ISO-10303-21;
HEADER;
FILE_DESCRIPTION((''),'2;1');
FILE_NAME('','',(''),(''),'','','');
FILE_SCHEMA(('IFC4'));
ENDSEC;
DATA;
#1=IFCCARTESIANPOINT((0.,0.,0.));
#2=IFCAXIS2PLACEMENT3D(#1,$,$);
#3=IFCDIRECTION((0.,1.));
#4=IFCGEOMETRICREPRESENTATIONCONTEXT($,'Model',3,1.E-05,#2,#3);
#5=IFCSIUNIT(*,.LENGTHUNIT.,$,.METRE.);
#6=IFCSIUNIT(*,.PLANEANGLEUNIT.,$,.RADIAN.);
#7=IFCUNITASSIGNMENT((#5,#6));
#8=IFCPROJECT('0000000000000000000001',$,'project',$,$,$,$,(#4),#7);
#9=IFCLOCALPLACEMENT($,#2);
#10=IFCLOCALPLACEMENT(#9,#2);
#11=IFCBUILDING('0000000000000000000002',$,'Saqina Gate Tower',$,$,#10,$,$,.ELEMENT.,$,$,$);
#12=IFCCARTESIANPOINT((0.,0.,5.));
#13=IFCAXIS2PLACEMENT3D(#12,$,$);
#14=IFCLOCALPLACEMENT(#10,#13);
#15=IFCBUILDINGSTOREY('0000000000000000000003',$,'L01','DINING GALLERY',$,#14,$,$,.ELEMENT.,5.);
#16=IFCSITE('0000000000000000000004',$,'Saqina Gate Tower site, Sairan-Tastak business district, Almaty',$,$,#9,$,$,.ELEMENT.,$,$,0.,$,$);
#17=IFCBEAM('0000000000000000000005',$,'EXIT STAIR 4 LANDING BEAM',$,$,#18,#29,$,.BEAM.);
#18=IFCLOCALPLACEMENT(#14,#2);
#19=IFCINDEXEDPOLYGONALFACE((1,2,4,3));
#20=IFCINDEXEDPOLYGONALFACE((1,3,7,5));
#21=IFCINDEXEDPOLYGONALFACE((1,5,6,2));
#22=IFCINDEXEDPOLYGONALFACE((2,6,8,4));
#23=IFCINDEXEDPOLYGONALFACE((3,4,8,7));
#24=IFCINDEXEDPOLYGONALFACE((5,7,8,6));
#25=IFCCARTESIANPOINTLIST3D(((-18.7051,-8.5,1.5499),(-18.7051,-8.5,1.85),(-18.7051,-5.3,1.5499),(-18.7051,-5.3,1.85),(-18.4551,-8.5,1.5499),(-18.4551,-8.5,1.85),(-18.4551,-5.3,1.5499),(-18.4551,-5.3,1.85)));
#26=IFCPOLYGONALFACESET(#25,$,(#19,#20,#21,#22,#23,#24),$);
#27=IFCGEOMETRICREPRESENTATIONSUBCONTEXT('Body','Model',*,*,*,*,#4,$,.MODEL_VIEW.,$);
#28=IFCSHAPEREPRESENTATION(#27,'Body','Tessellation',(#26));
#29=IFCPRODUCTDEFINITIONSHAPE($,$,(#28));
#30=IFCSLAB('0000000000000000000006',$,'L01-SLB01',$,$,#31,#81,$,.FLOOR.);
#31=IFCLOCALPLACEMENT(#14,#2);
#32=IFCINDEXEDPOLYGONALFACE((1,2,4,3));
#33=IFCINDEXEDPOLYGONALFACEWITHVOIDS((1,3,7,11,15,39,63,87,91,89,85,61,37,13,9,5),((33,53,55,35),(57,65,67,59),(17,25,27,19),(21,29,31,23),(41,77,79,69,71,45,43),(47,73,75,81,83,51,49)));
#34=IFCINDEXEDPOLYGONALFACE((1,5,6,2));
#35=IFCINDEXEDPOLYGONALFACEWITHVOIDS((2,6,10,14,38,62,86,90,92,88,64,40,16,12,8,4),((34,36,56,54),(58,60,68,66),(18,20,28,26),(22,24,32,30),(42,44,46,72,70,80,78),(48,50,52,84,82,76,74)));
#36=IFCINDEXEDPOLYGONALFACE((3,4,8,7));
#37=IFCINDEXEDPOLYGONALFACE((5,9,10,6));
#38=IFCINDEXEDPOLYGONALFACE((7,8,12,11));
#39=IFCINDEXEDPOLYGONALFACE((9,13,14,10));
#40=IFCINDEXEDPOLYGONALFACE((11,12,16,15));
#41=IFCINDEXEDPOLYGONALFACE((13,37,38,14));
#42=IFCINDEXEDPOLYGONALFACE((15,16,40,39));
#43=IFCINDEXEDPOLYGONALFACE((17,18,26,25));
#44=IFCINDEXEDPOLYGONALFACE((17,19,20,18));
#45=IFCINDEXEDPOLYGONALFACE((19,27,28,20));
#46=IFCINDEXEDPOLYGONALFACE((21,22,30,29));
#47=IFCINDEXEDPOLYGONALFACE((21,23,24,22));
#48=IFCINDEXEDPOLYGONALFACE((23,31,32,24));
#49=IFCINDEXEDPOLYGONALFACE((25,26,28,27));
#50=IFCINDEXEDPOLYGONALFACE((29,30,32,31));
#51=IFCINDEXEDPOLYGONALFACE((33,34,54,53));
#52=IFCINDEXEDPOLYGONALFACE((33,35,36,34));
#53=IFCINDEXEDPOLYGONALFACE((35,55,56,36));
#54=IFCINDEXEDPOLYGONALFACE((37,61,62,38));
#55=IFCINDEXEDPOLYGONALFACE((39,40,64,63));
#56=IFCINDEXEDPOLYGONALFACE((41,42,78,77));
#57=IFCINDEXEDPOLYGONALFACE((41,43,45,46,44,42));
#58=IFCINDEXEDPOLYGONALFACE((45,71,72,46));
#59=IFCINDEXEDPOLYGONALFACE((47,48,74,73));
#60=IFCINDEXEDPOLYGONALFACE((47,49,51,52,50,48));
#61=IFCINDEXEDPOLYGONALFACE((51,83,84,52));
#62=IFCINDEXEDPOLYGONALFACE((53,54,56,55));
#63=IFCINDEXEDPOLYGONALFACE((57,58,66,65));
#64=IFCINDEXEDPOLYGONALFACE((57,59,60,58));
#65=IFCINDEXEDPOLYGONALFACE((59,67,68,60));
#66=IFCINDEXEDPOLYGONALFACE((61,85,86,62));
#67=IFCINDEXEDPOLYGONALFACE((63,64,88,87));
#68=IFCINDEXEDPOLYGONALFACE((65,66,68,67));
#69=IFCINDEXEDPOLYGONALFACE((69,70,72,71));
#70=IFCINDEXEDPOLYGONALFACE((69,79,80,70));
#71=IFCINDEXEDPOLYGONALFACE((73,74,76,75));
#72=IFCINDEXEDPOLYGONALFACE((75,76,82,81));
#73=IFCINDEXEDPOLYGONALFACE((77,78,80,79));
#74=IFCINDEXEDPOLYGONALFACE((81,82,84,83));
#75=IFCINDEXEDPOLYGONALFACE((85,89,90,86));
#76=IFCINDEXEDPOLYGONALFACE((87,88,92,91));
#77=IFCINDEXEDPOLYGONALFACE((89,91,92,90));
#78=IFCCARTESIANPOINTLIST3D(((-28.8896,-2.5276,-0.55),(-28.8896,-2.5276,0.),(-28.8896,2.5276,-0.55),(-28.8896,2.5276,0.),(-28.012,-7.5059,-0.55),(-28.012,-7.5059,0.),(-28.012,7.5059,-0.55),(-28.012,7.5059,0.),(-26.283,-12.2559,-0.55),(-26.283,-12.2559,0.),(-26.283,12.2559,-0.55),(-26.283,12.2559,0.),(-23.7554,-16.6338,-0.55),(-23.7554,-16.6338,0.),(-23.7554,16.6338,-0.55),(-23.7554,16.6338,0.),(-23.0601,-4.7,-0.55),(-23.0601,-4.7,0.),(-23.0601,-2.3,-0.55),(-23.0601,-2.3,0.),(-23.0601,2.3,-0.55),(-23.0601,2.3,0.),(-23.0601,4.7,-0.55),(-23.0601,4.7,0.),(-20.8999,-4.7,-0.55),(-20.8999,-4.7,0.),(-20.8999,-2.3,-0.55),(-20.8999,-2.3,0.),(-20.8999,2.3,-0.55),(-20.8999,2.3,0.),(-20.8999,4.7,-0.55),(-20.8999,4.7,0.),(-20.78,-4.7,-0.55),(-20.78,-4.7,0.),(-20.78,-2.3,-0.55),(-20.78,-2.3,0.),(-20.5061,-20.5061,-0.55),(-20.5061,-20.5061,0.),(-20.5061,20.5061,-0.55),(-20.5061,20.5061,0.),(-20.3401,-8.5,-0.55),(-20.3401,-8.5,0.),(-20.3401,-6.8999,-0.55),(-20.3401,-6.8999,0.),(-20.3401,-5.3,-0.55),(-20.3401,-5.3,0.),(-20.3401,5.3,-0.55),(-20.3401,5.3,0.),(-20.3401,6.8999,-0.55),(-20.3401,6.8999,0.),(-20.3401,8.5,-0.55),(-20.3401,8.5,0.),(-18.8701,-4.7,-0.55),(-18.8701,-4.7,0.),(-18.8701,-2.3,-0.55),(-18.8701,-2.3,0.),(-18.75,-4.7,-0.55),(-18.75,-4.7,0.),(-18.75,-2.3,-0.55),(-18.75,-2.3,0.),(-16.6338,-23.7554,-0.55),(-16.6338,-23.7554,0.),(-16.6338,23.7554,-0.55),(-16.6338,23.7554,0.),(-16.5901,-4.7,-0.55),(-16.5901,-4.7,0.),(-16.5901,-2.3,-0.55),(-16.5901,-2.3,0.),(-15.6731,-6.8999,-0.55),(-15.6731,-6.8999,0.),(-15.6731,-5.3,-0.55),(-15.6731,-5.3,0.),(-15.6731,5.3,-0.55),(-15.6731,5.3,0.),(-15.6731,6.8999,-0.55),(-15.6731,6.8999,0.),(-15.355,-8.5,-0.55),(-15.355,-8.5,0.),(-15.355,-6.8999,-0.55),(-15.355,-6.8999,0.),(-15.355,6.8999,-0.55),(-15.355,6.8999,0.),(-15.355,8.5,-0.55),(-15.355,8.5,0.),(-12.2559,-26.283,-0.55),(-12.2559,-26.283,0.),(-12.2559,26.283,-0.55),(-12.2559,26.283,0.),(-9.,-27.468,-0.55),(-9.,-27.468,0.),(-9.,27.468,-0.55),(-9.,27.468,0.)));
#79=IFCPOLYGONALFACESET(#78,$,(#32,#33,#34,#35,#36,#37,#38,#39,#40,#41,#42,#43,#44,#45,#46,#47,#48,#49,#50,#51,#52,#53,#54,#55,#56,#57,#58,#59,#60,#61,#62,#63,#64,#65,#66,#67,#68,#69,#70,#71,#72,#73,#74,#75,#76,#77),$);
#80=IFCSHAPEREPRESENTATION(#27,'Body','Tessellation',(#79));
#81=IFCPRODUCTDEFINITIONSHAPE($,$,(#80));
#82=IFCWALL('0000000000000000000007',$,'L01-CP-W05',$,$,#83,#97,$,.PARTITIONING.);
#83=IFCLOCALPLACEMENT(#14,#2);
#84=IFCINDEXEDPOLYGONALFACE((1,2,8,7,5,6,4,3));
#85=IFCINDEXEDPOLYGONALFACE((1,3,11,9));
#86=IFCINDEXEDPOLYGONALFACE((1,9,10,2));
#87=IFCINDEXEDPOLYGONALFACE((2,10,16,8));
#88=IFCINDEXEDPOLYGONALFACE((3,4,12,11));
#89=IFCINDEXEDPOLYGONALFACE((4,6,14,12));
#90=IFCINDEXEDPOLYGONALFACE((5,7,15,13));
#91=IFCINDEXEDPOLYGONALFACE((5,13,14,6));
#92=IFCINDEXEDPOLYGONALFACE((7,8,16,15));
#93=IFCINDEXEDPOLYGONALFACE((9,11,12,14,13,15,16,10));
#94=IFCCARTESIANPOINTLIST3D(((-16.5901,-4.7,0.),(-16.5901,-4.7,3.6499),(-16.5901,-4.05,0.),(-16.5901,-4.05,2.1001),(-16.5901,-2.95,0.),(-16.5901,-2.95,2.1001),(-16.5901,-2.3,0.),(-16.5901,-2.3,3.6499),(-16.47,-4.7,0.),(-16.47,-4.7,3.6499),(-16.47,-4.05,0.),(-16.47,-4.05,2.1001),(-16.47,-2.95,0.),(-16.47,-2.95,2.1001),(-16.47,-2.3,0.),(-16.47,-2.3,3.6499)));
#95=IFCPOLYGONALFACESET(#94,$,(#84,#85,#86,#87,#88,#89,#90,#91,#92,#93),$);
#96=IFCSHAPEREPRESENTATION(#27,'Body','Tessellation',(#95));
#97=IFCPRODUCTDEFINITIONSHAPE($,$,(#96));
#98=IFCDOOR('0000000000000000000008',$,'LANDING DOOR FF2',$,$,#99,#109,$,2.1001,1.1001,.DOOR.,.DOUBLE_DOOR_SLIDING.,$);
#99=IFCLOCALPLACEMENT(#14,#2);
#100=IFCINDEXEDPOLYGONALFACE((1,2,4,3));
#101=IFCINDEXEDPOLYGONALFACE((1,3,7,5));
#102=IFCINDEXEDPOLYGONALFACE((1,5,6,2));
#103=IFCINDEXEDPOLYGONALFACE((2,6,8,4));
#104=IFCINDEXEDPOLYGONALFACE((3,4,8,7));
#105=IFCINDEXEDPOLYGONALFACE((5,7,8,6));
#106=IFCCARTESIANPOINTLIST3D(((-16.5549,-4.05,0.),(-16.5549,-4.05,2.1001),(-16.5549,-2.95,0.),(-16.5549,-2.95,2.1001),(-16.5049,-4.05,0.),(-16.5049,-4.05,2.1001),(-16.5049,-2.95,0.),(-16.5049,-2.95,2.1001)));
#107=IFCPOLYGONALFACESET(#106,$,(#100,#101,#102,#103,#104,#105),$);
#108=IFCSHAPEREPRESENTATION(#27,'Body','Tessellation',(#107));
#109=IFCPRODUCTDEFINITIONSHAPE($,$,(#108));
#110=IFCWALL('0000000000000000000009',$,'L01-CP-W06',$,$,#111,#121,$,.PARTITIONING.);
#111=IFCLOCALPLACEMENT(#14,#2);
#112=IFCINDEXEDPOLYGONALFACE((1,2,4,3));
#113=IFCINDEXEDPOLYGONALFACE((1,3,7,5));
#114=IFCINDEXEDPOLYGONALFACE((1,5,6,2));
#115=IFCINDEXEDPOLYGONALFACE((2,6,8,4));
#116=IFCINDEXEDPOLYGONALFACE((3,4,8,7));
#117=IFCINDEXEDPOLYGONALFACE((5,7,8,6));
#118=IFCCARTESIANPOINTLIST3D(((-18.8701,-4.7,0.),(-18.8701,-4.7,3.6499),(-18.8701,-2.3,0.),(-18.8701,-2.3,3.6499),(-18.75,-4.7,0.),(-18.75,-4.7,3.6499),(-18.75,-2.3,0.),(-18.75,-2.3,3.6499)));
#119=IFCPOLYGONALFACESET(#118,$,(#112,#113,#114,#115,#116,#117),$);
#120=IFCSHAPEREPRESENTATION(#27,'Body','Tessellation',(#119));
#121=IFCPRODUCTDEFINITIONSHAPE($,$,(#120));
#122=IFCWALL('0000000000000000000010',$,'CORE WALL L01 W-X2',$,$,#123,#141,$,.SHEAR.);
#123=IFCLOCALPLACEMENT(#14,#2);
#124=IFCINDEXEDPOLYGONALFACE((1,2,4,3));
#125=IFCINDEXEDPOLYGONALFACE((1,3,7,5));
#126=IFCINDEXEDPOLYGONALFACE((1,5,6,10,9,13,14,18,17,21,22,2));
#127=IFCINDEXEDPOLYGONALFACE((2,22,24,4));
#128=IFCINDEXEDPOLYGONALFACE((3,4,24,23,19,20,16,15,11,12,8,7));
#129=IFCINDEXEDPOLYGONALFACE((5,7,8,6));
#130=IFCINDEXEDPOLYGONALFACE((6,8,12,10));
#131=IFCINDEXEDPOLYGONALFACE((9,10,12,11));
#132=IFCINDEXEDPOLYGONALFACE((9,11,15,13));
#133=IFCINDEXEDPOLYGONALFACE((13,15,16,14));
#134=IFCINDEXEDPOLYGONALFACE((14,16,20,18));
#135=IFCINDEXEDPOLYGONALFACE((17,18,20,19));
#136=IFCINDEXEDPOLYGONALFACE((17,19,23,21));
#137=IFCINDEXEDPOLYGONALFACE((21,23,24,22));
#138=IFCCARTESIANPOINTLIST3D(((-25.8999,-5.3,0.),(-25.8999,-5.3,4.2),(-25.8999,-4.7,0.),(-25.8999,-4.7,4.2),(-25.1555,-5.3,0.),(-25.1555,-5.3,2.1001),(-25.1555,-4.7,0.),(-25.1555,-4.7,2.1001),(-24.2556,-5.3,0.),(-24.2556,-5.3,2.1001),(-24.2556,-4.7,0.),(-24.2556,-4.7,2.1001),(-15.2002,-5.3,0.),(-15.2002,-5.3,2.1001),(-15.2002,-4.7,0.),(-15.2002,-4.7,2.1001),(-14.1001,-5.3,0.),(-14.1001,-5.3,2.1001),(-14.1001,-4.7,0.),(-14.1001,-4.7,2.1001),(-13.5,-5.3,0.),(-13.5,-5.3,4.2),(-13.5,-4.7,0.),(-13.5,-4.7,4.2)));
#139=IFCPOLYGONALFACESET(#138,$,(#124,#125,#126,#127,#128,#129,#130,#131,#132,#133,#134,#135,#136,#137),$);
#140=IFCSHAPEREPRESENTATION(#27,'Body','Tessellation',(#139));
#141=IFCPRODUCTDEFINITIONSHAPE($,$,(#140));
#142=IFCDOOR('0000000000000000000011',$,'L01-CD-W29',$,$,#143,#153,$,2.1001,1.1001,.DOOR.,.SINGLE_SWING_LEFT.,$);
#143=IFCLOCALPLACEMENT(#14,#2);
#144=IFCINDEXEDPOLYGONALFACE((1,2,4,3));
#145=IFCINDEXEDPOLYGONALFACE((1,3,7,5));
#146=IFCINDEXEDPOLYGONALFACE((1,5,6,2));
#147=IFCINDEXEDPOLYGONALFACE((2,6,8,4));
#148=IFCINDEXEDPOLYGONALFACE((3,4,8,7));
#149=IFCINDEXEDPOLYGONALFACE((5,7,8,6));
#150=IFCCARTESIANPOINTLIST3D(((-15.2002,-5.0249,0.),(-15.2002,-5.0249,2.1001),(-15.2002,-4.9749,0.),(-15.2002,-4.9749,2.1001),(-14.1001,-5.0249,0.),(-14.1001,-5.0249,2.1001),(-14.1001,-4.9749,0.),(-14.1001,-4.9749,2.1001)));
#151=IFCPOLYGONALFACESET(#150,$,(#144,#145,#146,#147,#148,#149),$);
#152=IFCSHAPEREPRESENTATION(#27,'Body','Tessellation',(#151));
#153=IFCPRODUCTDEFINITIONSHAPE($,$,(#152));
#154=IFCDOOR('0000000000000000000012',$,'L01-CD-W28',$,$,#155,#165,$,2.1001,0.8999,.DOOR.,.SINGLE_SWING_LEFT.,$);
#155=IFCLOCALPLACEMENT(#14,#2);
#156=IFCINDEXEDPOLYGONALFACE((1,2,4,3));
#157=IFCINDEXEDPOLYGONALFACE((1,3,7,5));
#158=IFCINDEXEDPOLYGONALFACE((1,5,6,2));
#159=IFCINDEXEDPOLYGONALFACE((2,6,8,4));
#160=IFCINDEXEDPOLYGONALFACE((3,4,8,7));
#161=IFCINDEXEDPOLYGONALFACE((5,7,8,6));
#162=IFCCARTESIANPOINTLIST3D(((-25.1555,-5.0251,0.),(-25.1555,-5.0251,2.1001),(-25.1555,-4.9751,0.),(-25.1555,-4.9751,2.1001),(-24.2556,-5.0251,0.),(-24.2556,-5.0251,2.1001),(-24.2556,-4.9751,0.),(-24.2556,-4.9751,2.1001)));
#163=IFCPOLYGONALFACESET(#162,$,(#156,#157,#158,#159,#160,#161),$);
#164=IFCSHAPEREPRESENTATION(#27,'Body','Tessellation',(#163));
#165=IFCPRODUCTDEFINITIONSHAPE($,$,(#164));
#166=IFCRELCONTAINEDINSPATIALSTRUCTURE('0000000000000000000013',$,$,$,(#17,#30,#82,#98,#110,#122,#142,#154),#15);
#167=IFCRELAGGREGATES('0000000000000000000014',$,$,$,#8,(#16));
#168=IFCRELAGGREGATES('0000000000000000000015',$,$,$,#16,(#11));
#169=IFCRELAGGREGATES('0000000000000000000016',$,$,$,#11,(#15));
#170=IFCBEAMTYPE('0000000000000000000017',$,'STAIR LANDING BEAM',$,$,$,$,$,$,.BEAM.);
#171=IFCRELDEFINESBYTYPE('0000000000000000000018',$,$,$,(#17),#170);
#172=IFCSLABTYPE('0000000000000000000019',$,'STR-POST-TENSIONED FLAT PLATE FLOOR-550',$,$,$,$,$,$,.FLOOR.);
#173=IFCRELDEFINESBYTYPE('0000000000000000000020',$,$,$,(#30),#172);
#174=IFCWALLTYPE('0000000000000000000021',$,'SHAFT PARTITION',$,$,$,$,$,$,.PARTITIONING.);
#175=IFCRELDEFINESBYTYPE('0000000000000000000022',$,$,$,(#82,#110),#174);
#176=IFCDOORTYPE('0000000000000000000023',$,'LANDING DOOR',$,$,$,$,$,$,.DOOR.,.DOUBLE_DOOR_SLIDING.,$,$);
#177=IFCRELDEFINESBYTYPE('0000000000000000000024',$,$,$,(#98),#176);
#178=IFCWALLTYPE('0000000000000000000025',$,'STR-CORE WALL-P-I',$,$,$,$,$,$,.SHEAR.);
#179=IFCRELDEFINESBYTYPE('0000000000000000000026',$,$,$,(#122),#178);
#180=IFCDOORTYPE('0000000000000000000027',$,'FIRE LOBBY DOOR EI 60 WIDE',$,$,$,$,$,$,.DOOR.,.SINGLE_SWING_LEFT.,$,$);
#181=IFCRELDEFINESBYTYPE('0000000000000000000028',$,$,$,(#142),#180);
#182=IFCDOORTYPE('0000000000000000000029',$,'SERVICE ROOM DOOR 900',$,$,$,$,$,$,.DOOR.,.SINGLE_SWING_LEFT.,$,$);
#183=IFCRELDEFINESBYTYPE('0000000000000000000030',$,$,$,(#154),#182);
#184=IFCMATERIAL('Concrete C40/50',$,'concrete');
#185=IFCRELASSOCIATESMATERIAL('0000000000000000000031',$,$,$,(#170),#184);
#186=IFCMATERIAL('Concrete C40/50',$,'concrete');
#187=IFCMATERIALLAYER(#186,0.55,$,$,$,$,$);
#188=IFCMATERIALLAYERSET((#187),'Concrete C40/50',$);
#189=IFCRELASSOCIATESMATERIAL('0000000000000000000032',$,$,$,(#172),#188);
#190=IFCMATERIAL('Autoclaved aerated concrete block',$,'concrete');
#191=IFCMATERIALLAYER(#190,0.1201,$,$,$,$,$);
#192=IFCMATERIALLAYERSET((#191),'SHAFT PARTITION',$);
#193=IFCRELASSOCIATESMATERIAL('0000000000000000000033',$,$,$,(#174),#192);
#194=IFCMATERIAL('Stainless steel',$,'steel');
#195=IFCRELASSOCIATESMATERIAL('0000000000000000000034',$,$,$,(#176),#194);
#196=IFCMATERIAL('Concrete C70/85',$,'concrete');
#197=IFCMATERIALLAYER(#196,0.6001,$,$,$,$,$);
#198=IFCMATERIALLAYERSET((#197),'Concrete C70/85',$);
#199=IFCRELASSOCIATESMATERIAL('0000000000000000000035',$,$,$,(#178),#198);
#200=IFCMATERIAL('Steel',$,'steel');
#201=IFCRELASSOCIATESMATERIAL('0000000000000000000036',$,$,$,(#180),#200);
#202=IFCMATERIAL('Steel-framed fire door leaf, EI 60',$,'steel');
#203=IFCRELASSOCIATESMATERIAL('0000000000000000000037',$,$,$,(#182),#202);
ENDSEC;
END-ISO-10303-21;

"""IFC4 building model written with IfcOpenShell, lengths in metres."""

from ifc_helpers import new_model, si_unit, direction, frame, frame_2d, origin, origin_2d, place, context, subcontext, project, spatial, polyline, rectangle, outline, extrude, material, layer, layer_set, material_profile, profile_set, type_object, element, fill, save


model = new_model("IFC4")

# Units and contexts
model_context = context("Model", 3, precision=1e-05, world=origin(), true_north=direction((0.0, 1.0)))
body_context = subcontext(model_context, "Body", "Model", "MODEL_VIEW")
ifc_project = project(units=[si_unit("LENGTHUNIT", "METRE"), si_unit("PLANEANGLEUNIT", "RADIAN")], contexts=[model_context])

# Site, building, storey
site_placement = place(None, origin())
site = spatial("IfcSite", under=ifc_project, at=site_placement, Name="Saqina Gate Tower site, Sairan-Tastak business district, Almaty", CompositionType="ELEMENT", RefElevation=0.0)
building_placement = place(site_placement, origin())
building = spatial("IfcBuilding", under=site, at=building_placement, Name="Saqina Gate Tower", CompositionType="ELEMENT")
storey_placement = place(building_placement, frame((0.0, 0.0, 5.0)))
storey = spatial("IfcBuildingStorey", under=building, at=storey_placement, Name="L01", Description="DINING GALLERY", CompositionType="ELEMENT", Elevation=5.0)

# Beam
ifc_material_1 = material(Name="Concrete C40/50", Category="concrete")
ifc_material_profile = material_profile(ifc_material_1, rectangle(XDim=0.25, YDim=0.3, at=origin_2d()), Name="STAIR LANDING BEAM")
ifc_profile_set = profile_set([ifc_material_profile], Name="Concrete C40/50")
beam_type = type_object("IfcBeamType", Name="STAIR LANDING BEAM", PredefinedType="BEAM", material=ifc_profile_set)
beam_placement = place(storey_placement, frame((-18.5801, -8.5, 1.7), z_axis=(0.0, 1.0, 0.0), x_axis=(-1.0, 0.0, 0.0)))
element("IfcBeam", 1, at=beam_placement, inside=storey, type_object=beam_type, Name="EXIT STAIR 4 LANDING BEAM", PredefinedType="BEAM", context=body_context, shape_type="SweptSolid", body=[
    extrude(rectangle(XDim=0.25, YDim=0.3, at=origin_2d()), origin(), (0.0, 0.0, 1.0), 3.2),
])

# Slab
ifc_material_2 = material(Name="Concrete C40/50", Category="concrete")
ifc_layer_1 = layer(ifc_material_2, 0.55)
ifc_layer_set_1 = layer_set([ifc_layer_1], Name="Concrete C40/50")
slab_type = type_object("IfcSlabType", Name="STR-POST-TENSIONED FLAT PLATE FLOOR-550", PredefinedType="FLOOR", material=ifc_layer_set_1)
slab_placement = place(storey_placement, frame((0.0, 0.0, -0.55)))
element("IfcSlab", 2, at=slab_placement, inside=storey, type_object=slab_type, Name="L01-SLB01", PredefinedType="FLOOR", context=body_context, shape_type="SweptSolid", body=[
    extrude(outline(polyline([(-16.6338, -23.7554), (-12.2559, -26.283), (-9.0, -27.468), (-9.0, 27.468), (-12.2559, 26.283), (-16.6338, 23.7554), (-20.5061, 20.5061), (-23.7554, 16.6338), (-26.283, 12.2559), (-28.012, 7.5059), (-28.8896, 2.5276), (-28.8896, -2.5276), (-28.012, -7.5059), (-26.283, -12.2559), (-23.7554, -16.6338), (-20.5061, -20.5061), (-16.6338, -23.7554)]), holes=[polyline([(-20.3401, -8.5), (-20.3401, -6.8999), (-20.3401, -5.3), (-15.6731, -5.3), (-15.6731, -6.8999), (-15.355, -6.8999), (-15.355, -8.5), (-20.3401, -8.5)]), polyline([(-20.8999, -2.3), (-20.8999, -4.7), (-23.0601, -4.7), (-23.0601, -2.3), (-20.8999, -2.3)]), polyline([(-18.8701, -2.3), (-18.8701, -4.7), (-20.78, -4.7), (-20.78, -2.3), (-18.8701, -2.3)]), polyline([(-16.5901, -2.3), (-16.5901, -4.7), (-18.75, -4.7), (-18.75, -2.3), (-16.5901, -2.3)]), polyline([(-20.8999, 4.7), (-20.8999, 2.3), (-23.0601, 2.3), (-23.0601, 4.7), (-20.8999, 4.7)]), polyline([(-20.3401, 6.8999), (-20.3401, 8.5), (-15.355, 8.5), (-15.355, 6.8999), (-15.6731, 6.8999), (-15.6731, 5.3), (-20.3401, 5.3), (-20.3401, 6.8999)])]), origin(), (0.0, 0.0, 1.0), 0.55),
])

# Wall, opening, door
ifc_material_3 = material(Name="Autoclaved aerated concrete block", Category="concrete")
ifc_layer_2 = layer(ifc_material_3, 0.1201)
ifc_layer_set_2 = layer_set([ifc_layer_2], Name="SHAFT PARTITION")
wall_type_1 = type_object("IfcWallType", Name="SHAFT PARTITION", PredefinedType="PARTITIONING", material=ifc_layer_set_2)
wall_1_placement = place(storey_placement, frame((-16.53, -4.7, 0.0), z_axis=(0.0, 0.0, 1.0), x_axis=(0.0, 1.0, 0.0)))
wall_1 = element("IfcWall", 3, at=wall_1_placement, inside=storey, type_object=wall_type_1, Name="L01-CP-W05", PredefinedType="PARTITIONING", context=body_context, shape_type="SweptSolid", body=[
    extrude(rectangle(XDim=2.3999, YDim=0.1201, at=frame_2d((1.2, 0.0))), origin(), (0.0, 0.0, 1.0), 3.6499),
])
opening_1_placement = place(wall_1_placement, frame((0.6499, 0.0, 0.0)))
opening_1 = element("IfcOpeningElement", 4, at=opening_1_placement, cuts=wall_1, PredefinedType="OPENING", context=body_context, shape_type="SweptSolid", body=[
    extrude(rectangle(XDim=1.1001, YDim=2.1001, at=frame_2d((0.55, 1.05))), frame((0.0, 0.072, 0.0), z_axis=(0.0, -1.0, 0.0), x_axis=(1.0, 0.0, 0.0)), (0.0, 0.0, 1.0), 0.144),
])
ifc_material_4 = material(Name="Stainless steel", Category="steel")
door_type_1 = type_object("IfcDoorType", Name="LANDING DOOR", OperationType="DOUBLE_DOOR_SLIDING", PredefinedType="DOOR", material=ifc_material_4)
door_1_placement = place(opening_1_placement, origin())
door_1 = element("IfcDoor", 5, at=door_1_placement, inside=storey, type_object=door_type_1, Name="LANDING DOOR FF2", OperationType="DOUBLE_DOOR_SLIDING", OverallHeight=2.1001, OverallWidth=1.1001, PredefinedType="DOOR", context=body_context, shape_type="SweptSolid", body=[
    extrude(rectangle(XDim=1.1001, YDim=2.1001, at=frame_2d((0.55, 1.05))), frame((0.0, 0.0249, 0.0), z_axis=(0.0, -1.0, 0.0), x_axis=(1.0, 0.0, 0.0)), (0.0, 0.0, 1.0), 0.05),
])
fill(opening_1, door_1)

# Wall
wall_2_placement = place(storey_placement, frame((-18.8101, -4.7, 0.0), z_axis=(0.0, 0.0, 1.0), x_axis=(0.0, 1.0, 0.0)))
element("IfcWall", 6, at=wall_2_placement, inside=storey, type_object=wall_type_1, Name="L01-CP-W06", PredefinedType="PARTITIONING", context=body_context, shape_type="SweptSolid", body=[
    extrude(rectangle(XDim=2.3999, YDim=0.1201, at=frame_2d((1.2, 0.0))), origin(), (0.0, 0.0, 1.0), 3.6499),
])

# Wall, openings, doors
ifc_material_5 = material(Name="Concrete C70/85", Category="concrete")
ifc_layer_3 = layer(ifc_material_5, 0.6001)
ifc_layer_set_3 = layer_set([ifc_layer_3], Name="Concrete C70/85")
wall_type_2 = type_object("IfcWallType", Name="STR-CORE WALL-P-I", PredefinedType="SHEAR", material=ifc_layer_set_3)
wall_3_placement = place(storey_placement, frame((-13.5, -5.0, 0.0), z_axis=(0.0, 0.0, 1.0), x_axis=(-1.0, 0.0, 0.0)))
wall_3 = element("IfcWall", 7, at=wall_3_placement, inside=storey, type_object=wall_type_2, Name="CORE WALL L01 W-X2", PredefinedType="SHEAR", context=body_context, shape_type="SweptSolid", body=[
    extrude(rectangle(XDim=12.3999, YDim=0.6001, at=frame_2d((6.2, 0.0))), origin(), (0.0, 0.0, 1.0), 4.2),
])
opening_2_placement = place(wall_3_placement, frame((10.7556, 0.0, 0.0)))
opening_2 = element("IfcOpeningElement", 8, at=opening_2_placement, cuts=wall_3, PredefinedType="OPENING", context=body_context, shape_type="SweptSolid", body=[
    extrude(rectangle(XDim=0.8999, YDim=2.1001, at=frame_2d((0.45, 1.05))), frame((0.0, 0.312, 0.0), z_axis=(0.0, -1.0, 0.0), x_axis=(1.0, 0.0, 0.0)), (0.0, 0.0, 1.0), 0.624),
])
opening_3_placement = place(wall_3_placement, frame((0.6001, 0.0, 0.0)))
opening_3 = element("IfcOpeningElement", 9, at=opening_3_placement, cuts=wall_3, PredefinedType="OPENING", context=body_context, shape_type="SweptSolid", body=[
    extrude(rectangle(XDim=1.1001, YDim=2.1001, at=frame_2d((0.55, 1.05))), frame((0.0, 0.312, 0.0), z_axis=(0.0, -1.0, 0.0), x_axis=(1.0, 0.0, 0.0)), (0.0, 0.0, 1.0), 0.624),
])
ifc_material_6 = material(Name="Steel", Category="steel")
door_type_2 = type_object("IfcDoorType", Name="FIRE LOBBY DOOR EI 60 WIDE", OperationType="SINGLE_SWING_LEFT", PredefinedType="DOOR", material=ifc_material_6)
door_2_placement = place(opening_3_placement, origin())
door_2 = element("IfcDoor", 10, at=door_2_placement, inside=storey, type_object=door_type_2, Name="L01-CD-W29", OperationType="SINGLE_SWING_LEFT", OverallHeight=2.1001, OverallWidth=1.1001, PredefinedType="DOOR", context=body_context, shape_type="SweptSolid", body=[
    extrude(rectangle(XDim=1.1001, YDim=2.1001, at=frame_2d((0.55, 1.05))), frame((0.0, 0.0249, 0.0), z_axis=(0.0, -1.0, 0.0), x_axis=(1.0, 0.0, 0.0)), (0.0, 0.0, 1.0), 0.05),
])
fill(opening_3, door_2)
ifc_material_7 = material(Name="Steel-framed fire door leaf, EI 60", Category="steel")
door_type_3 = type_object("IfcDoorType", Name="SERVICE ROOM DOOR 900", OperationType="SINGLE_SWING_LEFT", PredefinedType="DOOR", material=ifc_material_7)
door_3_placement = place(opening_2_placement, frame((0.8999, 0.0, 0.0), z_axis=(0.0, 0.0, 1.0), x_axis=(-1.0, 0.0, 0.0)))
door_3 = element("IfcDoor", 11, at=door_3_placement, inside=storey, type_object=door_type_3, Name="L01-CD-W28", OperationType="SINGLE_SWING_LEFT", OverallHeight=2.1001, OverallWidth=0.8999, PredefinedType="DOOR", context=body_context, shape_type="SweptSolid", body=[
    extrude(rectangle(XDim=0.8999, YDim=2.1001, at=frame_2d((0.45, 1.05))), frame((0.0, 0.0249, 0.0), z_axis=(0.0, -1.0, 0.0), x_axis=(1.0, 0.0, 0.0)), (0.0, 0.0, 1.0), 0.05),
])
fill(opening_2, door_3)

save(model, "model.ifc")
